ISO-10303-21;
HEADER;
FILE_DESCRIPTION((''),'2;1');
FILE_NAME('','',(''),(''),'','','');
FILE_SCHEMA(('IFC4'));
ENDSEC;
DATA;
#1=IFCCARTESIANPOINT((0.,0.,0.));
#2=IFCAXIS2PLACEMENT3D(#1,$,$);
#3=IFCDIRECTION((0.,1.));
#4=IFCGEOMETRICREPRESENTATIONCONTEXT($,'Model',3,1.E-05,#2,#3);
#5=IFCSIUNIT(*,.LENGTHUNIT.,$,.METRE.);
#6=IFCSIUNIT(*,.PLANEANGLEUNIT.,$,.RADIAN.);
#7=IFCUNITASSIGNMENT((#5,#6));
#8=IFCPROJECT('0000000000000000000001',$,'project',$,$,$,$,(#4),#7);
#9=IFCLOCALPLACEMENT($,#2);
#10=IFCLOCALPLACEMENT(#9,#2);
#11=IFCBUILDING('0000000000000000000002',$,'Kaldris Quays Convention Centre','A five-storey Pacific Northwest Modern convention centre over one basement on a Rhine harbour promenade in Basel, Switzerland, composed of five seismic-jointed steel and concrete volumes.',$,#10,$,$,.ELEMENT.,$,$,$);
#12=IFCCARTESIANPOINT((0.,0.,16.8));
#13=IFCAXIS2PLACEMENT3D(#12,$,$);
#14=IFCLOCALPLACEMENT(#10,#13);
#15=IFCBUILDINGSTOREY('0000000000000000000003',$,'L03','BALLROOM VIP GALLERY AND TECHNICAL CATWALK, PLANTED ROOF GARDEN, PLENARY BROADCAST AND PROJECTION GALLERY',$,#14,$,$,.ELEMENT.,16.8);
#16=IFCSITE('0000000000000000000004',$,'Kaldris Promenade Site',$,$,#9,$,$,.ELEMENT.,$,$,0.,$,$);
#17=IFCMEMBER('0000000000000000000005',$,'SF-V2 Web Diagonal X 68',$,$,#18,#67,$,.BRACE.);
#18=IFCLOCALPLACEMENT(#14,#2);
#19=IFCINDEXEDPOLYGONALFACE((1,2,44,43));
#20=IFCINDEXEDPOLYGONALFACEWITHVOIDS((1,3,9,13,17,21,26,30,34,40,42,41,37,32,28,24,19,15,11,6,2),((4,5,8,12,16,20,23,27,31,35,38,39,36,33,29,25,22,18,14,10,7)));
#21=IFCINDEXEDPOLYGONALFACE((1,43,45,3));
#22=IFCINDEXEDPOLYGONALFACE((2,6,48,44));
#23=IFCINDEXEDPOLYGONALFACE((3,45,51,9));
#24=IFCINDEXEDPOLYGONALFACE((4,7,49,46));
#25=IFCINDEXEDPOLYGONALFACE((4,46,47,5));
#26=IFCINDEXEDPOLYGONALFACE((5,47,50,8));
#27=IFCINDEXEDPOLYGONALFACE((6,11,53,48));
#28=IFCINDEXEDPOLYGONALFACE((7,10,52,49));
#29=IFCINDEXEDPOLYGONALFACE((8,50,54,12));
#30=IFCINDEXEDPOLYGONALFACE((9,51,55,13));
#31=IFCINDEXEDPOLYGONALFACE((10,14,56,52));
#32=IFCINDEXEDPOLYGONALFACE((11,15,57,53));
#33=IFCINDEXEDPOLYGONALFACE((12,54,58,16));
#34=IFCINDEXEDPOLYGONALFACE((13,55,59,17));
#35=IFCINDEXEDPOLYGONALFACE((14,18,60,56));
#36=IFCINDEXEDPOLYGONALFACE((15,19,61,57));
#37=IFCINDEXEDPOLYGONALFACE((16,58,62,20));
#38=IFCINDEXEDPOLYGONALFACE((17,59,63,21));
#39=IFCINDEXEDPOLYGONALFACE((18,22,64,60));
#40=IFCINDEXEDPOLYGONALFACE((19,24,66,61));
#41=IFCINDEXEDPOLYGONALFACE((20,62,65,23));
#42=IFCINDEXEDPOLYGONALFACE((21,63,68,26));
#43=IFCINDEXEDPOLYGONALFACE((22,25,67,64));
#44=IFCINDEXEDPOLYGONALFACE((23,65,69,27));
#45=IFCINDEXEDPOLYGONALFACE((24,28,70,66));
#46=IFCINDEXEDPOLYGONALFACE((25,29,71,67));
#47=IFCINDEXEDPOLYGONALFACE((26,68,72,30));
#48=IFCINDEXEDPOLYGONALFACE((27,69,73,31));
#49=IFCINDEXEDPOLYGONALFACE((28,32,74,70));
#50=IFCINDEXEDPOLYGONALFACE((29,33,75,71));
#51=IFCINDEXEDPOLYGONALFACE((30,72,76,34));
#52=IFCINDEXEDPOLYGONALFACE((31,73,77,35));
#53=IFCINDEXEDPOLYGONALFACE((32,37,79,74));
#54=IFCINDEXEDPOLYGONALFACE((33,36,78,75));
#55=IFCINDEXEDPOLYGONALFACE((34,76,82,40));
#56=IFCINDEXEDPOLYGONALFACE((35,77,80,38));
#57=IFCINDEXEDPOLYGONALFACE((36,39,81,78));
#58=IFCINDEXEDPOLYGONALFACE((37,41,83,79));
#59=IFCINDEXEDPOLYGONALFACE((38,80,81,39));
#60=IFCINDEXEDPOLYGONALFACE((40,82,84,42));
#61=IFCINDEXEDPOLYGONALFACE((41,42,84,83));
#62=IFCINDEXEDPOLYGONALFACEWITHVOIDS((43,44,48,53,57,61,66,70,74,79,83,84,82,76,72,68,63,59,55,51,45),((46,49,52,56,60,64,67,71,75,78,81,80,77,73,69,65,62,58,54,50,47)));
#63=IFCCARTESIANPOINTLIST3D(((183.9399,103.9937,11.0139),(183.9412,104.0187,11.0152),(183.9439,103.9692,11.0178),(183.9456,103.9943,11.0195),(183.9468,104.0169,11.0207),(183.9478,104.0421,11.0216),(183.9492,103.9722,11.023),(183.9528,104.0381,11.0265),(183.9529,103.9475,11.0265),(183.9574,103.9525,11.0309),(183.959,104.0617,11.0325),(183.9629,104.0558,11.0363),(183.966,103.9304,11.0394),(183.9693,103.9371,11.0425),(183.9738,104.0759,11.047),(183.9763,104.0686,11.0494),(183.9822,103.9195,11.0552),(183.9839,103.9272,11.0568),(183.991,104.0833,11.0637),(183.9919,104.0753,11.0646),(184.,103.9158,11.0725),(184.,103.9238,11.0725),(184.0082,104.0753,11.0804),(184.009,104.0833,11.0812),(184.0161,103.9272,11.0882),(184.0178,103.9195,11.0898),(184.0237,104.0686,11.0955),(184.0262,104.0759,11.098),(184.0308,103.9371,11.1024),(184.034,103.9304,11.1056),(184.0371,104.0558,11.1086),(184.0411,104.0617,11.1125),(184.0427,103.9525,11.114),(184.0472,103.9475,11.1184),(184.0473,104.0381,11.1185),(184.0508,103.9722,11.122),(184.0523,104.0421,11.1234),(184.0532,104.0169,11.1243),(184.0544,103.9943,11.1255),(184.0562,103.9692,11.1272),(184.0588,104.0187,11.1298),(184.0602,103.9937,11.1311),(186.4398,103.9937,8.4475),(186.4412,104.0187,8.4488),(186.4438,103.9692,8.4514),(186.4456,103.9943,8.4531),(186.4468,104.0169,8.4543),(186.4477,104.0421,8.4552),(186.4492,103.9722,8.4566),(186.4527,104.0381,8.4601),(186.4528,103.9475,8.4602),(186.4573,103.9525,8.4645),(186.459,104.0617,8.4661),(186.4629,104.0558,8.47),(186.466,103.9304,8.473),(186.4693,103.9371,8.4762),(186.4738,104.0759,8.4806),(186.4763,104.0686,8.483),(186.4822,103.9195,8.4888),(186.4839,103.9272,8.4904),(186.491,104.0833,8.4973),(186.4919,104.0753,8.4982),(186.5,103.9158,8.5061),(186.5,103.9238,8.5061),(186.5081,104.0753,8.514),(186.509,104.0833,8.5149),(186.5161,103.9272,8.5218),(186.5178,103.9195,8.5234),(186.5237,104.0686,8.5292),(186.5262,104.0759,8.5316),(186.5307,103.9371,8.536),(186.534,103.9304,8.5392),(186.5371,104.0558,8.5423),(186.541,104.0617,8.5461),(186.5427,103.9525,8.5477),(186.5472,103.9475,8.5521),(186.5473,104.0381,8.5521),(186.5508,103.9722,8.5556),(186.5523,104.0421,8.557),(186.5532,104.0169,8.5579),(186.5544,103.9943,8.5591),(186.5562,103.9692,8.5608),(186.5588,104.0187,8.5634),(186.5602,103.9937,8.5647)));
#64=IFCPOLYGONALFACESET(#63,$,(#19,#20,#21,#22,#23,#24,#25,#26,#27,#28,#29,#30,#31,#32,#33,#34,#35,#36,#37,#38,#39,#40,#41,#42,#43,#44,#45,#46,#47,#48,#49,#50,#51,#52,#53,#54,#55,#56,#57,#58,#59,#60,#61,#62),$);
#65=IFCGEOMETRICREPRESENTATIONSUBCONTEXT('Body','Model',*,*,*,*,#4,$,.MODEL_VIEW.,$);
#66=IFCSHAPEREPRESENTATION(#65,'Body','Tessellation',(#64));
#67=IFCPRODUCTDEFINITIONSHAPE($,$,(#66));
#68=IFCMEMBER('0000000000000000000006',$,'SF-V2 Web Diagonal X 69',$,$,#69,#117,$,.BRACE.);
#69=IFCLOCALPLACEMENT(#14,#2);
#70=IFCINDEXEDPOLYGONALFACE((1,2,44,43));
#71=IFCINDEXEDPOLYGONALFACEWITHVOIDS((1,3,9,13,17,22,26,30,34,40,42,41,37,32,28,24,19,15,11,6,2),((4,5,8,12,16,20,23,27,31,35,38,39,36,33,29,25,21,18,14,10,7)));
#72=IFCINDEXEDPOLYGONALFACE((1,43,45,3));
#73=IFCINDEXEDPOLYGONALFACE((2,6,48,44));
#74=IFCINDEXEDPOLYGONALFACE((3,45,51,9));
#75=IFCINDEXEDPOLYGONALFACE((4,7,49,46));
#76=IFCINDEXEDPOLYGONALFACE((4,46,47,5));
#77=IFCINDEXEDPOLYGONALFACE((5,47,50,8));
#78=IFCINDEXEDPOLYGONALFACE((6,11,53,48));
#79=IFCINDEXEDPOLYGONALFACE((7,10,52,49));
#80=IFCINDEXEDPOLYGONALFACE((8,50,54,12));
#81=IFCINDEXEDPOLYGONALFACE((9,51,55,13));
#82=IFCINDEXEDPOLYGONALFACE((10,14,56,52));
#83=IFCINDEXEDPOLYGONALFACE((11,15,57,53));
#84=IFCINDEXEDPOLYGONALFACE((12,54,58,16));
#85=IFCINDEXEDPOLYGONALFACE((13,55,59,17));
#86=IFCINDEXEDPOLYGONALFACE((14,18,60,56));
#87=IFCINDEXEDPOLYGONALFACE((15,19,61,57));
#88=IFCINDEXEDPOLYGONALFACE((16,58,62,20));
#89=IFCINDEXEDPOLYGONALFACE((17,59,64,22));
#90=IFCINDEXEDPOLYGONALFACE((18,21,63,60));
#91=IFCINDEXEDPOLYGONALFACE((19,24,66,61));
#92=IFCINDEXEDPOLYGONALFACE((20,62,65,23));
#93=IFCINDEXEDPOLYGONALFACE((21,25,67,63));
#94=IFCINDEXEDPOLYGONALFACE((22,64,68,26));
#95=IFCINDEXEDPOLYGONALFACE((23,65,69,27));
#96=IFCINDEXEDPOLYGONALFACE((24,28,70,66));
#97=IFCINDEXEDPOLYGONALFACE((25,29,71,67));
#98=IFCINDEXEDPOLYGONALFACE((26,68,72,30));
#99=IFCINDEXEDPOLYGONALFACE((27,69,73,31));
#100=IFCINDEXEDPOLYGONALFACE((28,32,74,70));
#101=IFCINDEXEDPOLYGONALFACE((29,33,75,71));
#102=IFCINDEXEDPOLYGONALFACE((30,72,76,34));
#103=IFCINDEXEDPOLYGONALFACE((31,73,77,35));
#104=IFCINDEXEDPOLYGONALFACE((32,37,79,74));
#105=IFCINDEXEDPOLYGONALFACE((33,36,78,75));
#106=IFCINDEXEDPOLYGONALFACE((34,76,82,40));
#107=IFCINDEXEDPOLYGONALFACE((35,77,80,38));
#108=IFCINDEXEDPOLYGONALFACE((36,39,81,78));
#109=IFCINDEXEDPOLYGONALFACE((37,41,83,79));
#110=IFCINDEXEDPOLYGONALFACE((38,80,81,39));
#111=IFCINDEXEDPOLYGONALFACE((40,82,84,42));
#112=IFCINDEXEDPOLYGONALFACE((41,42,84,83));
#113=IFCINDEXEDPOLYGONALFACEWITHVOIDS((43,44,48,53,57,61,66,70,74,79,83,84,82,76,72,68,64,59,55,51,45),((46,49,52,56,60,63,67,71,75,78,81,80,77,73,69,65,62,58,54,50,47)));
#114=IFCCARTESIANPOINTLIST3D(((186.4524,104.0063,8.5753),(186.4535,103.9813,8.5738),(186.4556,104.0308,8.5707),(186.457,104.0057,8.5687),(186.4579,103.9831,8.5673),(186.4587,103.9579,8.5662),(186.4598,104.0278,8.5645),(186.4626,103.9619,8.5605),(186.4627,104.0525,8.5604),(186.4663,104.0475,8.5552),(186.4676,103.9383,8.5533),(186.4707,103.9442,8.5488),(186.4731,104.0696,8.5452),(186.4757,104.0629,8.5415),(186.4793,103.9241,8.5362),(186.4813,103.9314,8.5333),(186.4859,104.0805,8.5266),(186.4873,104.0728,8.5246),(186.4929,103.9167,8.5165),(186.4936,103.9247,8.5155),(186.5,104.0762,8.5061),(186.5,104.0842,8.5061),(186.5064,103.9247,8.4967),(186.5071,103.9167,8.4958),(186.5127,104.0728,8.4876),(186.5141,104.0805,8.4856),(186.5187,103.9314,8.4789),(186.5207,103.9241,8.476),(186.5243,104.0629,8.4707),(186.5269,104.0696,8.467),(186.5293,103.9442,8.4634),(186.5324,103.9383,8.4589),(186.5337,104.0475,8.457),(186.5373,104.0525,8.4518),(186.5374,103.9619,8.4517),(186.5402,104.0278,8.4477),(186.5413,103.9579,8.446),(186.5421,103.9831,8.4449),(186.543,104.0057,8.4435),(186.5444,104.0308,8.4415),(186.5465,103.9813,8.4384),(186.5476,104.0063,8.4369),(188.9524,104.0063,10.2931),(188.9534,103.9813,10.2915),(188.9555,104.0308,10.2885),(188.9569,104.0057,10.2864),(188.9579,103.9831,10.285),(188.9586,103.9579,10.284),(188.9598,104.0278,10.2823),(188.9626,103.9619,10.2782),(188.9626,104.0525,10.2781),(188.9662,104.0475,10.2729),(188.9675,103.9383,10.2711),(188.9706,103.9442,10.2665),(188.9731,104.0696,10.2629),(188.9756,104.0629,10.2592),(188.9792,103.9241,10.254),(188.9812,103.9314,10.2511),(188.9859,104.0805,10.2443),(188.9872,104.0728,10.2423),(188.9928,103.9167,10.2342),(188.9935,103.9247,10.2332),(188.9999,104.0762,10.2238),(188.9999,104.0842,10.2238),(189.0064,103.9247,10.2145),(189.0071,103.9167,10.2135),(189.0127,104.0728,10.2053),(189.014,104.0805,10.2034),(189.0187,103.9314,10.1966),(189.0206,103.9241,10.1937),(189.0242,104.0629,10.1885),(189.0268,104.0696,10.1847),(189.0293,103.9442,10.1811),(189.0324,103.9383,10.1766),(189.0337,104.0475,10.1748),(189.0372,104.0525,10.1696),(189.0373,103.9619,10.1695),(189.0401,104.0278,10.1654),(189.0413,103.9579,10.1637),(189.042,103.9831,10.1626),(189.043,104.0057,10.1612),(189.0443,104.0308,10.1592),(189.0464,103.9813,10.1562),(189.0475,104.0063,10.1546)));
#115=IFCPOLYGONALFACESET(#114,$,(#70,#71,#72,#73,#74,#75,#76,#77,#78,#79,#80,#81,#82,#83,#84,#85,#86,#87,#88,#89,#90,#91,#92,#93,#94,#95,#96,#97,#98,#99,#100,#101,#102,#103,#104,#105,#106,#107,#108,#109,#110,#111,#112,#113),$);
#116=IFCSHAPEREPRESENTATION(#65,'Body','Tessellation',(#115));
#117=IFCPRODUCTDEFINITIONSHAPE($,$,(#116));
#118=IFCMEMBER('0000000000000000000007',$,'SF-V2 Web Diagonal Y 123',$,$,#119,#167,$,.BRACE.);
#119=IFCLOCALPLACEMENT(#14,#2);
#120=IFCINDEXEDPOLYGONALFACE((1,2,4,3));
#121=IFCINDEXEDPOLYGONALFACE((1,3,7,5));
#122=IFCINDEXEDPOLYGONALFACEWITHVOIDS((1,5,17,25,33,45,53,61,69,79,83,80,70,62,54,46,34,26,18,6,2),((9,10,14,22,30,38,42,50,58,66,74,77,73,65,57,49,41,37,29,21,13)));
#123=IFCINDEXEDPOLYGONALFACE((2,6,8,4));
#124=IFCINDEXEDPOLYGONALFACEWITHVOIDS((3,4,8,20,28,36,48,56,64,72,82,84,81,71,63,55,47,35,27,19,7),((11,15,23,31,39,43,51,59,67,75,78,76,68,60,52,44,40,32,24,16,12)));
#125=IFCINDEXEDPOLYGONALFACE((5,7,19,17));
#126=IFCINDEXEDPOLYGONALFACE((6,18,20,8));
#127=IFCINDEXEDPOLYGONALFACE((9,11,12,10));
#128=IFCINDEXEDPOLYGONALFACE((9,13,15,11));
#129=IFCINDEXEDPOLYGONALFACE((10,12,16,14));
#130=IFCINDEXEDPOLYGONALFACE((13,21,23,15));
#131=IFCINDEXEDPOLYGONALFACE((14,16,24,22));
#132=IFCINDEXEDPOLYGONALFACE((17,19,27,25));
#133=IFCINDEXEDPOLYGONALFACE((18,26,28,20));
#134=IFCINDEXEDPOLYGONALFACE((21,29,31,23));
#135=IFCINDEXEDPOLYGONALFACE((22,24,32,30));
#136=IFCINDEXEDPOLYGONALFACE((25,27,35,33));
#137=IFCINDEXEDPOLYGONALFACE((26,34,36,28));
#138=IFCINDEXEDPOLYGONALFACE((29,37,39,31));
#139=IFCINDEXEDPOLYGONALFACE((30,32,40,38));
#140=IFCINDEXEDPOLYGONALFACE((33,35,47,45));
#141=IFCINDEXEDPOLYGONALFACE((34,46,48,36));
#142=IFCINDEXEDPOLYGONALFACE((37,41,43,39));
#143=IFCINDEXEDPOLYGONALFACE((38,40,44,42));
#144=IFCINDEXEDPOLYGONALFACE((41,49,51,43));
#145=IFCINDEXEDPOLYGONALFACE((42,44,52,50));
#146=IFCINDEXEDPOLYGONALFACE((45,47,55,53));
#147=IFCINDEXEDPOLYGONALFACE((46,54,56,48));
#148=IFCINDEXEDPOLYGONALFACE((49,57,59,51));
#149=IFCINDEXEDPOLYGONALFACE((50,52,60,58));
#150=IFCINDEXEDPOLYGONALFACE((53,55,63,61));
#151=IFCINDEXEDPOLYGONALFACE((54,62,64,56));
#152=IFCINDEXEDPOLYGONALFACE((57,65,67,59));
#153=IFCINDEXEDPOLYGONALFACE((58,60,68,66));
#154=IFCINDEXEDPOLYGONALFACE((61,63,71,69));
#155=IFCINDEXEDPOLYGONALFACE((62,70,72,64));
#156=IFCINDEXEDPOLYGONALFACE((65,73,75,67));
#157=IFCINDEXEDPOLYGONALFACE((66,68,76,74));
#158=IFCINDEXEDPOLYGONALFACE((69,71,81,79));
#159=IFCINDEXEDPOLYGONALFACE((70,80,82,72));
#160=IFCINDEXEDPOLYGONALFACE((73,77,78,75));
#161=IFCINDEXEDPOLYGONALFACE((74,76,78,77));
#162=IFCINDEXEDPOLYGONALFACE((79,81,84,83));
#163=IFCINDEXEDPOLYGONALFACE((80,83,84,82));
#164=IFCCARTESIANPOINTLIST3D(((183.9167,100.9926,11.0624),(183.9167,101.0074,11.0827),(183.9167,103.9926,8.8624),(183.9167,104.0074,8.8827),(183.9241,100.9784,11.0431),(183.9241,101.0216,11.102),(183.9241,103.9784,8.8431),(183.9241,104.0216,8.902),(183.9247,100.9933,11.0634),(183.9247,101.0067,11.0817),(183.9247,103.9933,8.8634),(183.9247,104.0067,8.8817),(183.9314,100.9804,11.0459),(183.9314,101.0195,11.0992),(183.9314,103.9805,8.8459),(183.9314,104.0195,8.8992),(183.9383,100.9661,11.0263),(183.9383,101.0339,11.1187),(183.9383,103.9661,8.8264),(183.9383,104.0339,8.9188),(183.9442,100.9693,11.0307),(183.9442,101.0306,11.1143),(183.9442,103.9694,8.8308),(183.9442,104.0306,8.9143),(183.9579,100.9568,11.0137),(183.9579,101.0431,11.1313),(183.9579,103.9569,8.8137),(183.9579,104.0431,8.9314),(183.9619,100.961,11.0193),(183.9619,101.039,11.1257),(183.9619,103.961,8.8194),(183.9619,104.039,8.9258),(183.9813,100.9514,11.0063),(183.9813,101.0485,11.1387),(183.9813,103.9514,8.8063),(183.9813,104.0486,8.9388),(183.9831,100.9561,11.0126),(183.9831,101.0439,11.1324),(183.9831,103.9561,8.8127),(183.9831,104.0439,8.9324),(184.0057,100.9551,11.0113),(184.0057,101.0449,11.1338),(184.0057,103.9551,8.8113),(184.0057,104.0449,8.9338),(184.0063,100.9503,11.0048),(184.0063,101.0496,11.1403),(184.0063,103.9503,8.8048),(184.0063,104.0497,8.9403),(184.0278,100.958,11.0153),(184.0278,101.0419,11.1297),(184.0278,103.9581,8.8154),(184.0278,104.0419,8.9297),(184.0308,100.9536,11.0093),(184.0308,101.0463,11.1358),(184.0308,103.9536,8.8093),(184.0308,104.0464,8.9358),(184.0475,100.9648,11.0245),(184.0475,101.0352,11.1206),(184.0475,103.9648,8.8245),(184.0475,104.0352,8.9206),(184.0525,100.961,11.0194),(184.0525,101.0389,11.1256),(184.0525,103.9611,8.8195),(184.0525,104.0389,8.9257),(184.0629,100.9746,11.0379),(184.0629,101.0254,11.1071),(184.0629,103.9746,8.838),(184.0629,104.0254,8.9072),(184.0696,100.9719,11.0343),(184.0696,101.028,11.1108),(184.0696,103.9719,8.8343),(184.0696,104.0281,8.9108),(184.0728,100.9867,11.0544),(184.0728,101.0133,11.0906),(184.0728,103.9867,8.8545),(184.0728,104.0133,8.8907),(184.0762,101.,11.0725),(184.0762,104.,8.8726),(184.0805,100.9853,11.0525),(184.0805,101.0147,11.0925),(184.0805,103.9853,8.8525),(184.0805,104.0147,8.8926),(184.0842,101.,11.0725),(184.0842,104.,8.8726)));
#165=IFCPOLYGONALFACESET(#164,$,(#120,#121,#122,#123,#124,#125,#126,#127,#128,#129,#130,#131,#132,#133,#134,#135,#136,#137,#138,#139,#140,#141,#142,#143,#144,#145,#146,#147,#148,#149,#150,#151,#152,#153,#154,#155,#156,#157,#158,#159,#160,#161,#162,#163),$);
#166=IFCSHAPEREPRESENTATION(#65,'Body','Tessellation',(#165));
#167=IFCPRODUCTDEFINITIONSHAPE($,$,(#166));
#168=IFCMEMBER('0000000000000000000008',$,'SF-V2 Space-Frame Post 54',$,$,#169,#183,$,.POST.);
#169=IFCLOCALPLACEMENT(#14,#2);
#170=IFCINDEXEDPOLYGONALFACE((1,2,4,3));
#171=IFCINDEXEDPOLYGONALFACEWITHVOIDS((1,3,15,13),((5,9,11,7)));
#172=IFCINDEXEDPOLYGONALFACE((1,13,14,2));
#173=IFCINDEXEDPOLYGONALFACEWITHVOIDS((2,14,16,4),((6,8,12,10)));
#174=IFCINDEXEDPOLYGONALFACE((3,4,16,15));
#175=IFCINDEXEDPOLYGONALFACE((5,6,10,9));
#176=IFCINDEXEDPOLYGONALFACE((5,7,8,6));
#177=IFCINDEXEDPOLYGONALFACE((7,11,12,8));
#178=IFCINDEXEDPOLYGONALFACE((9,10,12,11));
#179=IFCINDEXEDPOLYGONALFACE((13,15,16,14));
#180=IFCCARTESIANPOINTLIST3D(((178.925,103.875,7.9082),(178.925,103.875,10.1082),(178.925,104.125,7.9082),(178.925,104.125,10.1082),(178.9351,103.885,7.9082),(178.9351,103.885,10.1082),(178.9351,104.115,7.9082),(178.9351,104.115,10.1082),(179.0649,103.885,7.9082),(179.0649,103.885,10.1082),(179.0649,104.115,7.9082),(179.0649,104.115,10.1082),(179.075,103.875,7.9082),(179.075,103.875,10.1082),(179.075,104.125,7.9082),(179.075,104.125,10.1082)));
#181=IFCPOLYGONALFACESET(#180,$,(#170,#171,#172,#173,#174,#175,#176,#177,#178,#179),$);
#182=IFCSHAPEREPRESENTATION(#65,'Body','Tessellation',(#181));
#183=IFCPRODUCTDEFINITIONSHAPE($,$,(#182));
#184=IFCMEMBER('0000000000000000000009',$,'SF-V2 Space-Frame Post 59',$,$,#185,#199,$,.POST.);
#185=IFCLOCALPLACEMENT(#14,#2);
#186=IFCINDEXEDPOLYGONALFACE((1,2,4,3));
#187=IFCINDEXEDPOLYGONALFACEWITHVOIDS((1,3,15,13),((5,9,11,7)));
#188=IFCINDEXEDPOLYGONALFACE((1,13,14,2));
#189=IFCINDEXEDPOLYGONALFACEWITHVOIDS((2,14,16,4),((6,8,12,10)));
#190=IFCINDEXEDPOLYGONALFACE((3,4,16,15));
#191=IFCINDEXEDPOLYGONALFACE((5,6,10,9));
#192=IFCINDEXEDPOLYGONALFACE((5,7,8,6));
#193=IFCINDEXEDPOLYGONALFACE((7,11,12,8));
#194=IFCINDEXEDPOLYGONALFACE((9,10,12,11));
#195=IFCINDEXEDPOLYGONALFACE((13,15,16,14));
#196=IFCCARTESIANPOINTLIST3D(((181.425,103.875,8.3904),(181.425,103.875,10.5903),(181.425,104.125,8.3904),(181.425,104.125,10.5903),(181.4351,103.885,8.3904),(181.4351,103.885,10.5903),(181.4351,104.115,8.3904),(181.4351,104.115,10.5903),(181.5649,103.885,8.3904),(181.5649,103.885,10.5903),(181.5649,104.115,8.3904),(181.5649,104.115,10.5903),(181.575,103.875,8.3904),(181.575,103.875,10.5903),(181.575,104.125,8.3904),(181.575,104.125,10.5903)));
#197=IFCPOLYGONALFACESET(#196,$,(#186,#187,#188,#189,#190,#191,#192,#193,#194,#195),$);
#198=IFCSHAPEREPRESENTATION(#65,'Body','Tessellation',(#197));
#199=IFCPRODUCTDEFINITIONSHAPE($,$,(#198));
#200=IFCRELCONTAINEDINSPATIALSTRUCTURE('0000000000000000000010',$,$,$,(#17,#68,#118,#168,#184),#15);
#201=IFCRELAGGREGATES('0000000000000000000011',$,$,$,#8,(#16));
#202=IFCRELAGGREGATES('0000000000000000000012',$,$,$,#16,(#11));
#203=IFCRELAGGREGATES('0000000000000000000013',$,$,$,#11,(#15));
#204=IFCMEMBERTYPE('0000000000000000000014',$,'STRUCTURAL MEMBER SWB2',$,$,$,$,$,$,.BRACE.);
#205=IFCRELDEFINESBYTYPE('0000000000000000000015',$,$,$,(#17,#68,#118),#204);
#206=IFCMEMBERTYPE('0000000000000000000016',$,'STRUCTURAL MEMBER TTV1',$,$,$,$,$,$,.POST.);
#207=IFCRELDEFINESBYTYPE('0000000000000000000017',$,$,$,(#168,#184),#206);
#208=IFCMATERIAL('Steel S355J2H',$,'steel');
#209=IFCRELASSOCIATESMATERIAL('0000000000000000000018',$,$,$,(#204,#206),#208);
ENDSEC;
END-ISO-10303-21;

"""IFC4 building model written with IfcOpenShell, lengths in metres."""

from ifc_helpers import new_model, si_unit, direction, frame, origin, origin_2d, place, context, subcontext, project, spatial, hollow_rectangle, hollow_circle, extrude, material, material_profile, profile_set, type_object, element, save


model = new_model("IFC4")

# Units and contexts
model_context = context("Model", 3, precision=1e-05, world=origin(), true_north=direction((0.0, 1.0)))
body_context = subcontext(model_context, "Body", "Model", "MODEL_VIEW")
ifc_project = project(units=[si_unit("LENGTHUNIT", "METRE"), si_unit("PLANEANGLEUNIT", "RADIAN")], contexts=[model_context])

# Site, building, storey
site_placement = place(None, origin())
site = spatial("IfcSite", under=ifc_project, at=site_placement, Name="Kaldris Promenade Site", CompositionType="ELEMENT", RefElevation=0.0)
building_placement = place(site_placement, origin())
building = spatial("IfcBuilding", under=site, at=building_placement, Name="Kaldris Quays Convention Centre", Description="A five-storey Pacific Northwest Modern convention centre over one basement on a Rhine harbour promenade in Basel, Switzerland, composed of five seismic-jointed steel and concrete volumes.", CompositionType="ELEMENT")
storey_placement = place(building_placement, frame((0.0, 0.0, 16.8)))
storey = spatial("IfcBuildingStorey", under=building, at=storey_placement, Name="L03", Description="BALLROOM VIP GALLERY AND TECHNICAL CATWALK, PLANTED ROOF GARDEN, PLENARY BROADCAST AND PROJECTION GALLERY", CompositionType="ELEMENT", Elevation=16.8)

# Members
ifc_material_1 = material(Name="Steel S355J2H", Category="steel")
ifc_material_profile_1 = material_profile(ifc_material_1, hollow_circle(Radius=0.0842, WallThickness=0.0081, at=origin_2d()), Name="CHS 168.3x8")
ifc_profile_set_1 = profile_set([ifc_material_profile_1], Name="Steel S355J2H")
member_type_1 = type_object("IfcMemberType", Name="STRUCTURAL MEMBER SWB2", PredefinedType="BRACE", material=ifc_profile_set_1)
member_1_placement = place(storey_placement, frame((186.5, 104.0, 8.5061), z_axis=(-0.697779, 0.0, 0.716313), x_axis=(0.0, -1.0, 0.0)))
element("IfcMember", 1, at=member_1_placement, inside=storey, type_object=member_type_1, Name="SF-V2 Web Diagonal X 68", PredefinedType="BRACE", context=body_context, shape_type="SweptSolid", body=[
    extrude(hollow_circle(Radius=0.0842, WallThickness=0.0081, at=origin_2d()), origin(), (0.0, 0.0, 1.0), 3.5828),
])
member_2_placement = place(storey_placement, frame((186.5, 104.0, 8.5061), z_axis=(0.824192, 0.0, 0.56631), x_axis=(0.0, 1.0, 0.0)))
element("IfcMember", 2, at=member_2_placement, inside=storey, type_object=member_type_1, Name="SF-V2 Web Diagonal X 69", PredefinedType="BRACE", context=body_context, shape_type="SweptSolid", body=[
    extrude(hollow_circle(Radius=0.0842, WallThickness=0.0081, at=origin_2d()), origin(), (0.0, 0.0, 1.0), 3.0332),
])
member_3_placement = place(storey_placement, frame((184.0, 104.0, 8.8726), z_axis=(0.0, -0.806411, 0.591355), x_axis=(1.0, 0.0, 0.0)))
element("IfcMember", 3, at=member_3_placement, inside=storey, type_object=member_type_1, Name="SF-V2 Web Diagonal Y 123", PredefinedType="BRACE", context=body_context, shape_type="SweptSolid", body=[
    extrude(hollow_circle(Radius=0.0842, WallThickness=0.0081, at=origin_2d()), origin(), (0.0, 0.0, 1.0), 3.7202),
])
ifc_material_profile_2 = material_profile(ifc_material_1, hollow_rectangle(XDim=0.1499, YDim=0.25, WallThickness=0.01, at=origin_2d()), Name="RHS 250x150x10")
ifc_profile_set_2 = profile_set([ifc_material_profile_2], Name="Steel S355J2H")
member_type_2 = type_object("IfcMemberType", Name="STRUCTURAL MEMBER TTV1", PredefinedType="POST", material=ifc_profile_set_2)
for number, where, z_axis, x_axis, name in (
    (4, (179.0, 104.0, 7.9082), (0.0, 0.0, 1.0), (1.0, 0.0, 0.0), "SF-V2 Space-Frame Post 54"),
    (5, (181.5, 104.0, 8.3904), (0.0, 0.0, 1.0), (1.0, 0.0, 0.0), "SF-V2 Space-Frame Post 59"),
):
    element("IfcMember", number, at=place(storey_placement, frame(where, z_axis=z_axis, x_axis=x_axis)), inside=storey, type_object=member_type_2, Name=name, PredefinedType="POST", context=body_context, shape_type="SweptSolid", body=[
        extrude(hollow_rectangle(XDim=0.1499, YDim=0.25, WallThickness=0.01, at=origin_2d()), origin(), (0.0, 0.0, 1.0), 2.2),
    ])

save(model, "model.ifc")
